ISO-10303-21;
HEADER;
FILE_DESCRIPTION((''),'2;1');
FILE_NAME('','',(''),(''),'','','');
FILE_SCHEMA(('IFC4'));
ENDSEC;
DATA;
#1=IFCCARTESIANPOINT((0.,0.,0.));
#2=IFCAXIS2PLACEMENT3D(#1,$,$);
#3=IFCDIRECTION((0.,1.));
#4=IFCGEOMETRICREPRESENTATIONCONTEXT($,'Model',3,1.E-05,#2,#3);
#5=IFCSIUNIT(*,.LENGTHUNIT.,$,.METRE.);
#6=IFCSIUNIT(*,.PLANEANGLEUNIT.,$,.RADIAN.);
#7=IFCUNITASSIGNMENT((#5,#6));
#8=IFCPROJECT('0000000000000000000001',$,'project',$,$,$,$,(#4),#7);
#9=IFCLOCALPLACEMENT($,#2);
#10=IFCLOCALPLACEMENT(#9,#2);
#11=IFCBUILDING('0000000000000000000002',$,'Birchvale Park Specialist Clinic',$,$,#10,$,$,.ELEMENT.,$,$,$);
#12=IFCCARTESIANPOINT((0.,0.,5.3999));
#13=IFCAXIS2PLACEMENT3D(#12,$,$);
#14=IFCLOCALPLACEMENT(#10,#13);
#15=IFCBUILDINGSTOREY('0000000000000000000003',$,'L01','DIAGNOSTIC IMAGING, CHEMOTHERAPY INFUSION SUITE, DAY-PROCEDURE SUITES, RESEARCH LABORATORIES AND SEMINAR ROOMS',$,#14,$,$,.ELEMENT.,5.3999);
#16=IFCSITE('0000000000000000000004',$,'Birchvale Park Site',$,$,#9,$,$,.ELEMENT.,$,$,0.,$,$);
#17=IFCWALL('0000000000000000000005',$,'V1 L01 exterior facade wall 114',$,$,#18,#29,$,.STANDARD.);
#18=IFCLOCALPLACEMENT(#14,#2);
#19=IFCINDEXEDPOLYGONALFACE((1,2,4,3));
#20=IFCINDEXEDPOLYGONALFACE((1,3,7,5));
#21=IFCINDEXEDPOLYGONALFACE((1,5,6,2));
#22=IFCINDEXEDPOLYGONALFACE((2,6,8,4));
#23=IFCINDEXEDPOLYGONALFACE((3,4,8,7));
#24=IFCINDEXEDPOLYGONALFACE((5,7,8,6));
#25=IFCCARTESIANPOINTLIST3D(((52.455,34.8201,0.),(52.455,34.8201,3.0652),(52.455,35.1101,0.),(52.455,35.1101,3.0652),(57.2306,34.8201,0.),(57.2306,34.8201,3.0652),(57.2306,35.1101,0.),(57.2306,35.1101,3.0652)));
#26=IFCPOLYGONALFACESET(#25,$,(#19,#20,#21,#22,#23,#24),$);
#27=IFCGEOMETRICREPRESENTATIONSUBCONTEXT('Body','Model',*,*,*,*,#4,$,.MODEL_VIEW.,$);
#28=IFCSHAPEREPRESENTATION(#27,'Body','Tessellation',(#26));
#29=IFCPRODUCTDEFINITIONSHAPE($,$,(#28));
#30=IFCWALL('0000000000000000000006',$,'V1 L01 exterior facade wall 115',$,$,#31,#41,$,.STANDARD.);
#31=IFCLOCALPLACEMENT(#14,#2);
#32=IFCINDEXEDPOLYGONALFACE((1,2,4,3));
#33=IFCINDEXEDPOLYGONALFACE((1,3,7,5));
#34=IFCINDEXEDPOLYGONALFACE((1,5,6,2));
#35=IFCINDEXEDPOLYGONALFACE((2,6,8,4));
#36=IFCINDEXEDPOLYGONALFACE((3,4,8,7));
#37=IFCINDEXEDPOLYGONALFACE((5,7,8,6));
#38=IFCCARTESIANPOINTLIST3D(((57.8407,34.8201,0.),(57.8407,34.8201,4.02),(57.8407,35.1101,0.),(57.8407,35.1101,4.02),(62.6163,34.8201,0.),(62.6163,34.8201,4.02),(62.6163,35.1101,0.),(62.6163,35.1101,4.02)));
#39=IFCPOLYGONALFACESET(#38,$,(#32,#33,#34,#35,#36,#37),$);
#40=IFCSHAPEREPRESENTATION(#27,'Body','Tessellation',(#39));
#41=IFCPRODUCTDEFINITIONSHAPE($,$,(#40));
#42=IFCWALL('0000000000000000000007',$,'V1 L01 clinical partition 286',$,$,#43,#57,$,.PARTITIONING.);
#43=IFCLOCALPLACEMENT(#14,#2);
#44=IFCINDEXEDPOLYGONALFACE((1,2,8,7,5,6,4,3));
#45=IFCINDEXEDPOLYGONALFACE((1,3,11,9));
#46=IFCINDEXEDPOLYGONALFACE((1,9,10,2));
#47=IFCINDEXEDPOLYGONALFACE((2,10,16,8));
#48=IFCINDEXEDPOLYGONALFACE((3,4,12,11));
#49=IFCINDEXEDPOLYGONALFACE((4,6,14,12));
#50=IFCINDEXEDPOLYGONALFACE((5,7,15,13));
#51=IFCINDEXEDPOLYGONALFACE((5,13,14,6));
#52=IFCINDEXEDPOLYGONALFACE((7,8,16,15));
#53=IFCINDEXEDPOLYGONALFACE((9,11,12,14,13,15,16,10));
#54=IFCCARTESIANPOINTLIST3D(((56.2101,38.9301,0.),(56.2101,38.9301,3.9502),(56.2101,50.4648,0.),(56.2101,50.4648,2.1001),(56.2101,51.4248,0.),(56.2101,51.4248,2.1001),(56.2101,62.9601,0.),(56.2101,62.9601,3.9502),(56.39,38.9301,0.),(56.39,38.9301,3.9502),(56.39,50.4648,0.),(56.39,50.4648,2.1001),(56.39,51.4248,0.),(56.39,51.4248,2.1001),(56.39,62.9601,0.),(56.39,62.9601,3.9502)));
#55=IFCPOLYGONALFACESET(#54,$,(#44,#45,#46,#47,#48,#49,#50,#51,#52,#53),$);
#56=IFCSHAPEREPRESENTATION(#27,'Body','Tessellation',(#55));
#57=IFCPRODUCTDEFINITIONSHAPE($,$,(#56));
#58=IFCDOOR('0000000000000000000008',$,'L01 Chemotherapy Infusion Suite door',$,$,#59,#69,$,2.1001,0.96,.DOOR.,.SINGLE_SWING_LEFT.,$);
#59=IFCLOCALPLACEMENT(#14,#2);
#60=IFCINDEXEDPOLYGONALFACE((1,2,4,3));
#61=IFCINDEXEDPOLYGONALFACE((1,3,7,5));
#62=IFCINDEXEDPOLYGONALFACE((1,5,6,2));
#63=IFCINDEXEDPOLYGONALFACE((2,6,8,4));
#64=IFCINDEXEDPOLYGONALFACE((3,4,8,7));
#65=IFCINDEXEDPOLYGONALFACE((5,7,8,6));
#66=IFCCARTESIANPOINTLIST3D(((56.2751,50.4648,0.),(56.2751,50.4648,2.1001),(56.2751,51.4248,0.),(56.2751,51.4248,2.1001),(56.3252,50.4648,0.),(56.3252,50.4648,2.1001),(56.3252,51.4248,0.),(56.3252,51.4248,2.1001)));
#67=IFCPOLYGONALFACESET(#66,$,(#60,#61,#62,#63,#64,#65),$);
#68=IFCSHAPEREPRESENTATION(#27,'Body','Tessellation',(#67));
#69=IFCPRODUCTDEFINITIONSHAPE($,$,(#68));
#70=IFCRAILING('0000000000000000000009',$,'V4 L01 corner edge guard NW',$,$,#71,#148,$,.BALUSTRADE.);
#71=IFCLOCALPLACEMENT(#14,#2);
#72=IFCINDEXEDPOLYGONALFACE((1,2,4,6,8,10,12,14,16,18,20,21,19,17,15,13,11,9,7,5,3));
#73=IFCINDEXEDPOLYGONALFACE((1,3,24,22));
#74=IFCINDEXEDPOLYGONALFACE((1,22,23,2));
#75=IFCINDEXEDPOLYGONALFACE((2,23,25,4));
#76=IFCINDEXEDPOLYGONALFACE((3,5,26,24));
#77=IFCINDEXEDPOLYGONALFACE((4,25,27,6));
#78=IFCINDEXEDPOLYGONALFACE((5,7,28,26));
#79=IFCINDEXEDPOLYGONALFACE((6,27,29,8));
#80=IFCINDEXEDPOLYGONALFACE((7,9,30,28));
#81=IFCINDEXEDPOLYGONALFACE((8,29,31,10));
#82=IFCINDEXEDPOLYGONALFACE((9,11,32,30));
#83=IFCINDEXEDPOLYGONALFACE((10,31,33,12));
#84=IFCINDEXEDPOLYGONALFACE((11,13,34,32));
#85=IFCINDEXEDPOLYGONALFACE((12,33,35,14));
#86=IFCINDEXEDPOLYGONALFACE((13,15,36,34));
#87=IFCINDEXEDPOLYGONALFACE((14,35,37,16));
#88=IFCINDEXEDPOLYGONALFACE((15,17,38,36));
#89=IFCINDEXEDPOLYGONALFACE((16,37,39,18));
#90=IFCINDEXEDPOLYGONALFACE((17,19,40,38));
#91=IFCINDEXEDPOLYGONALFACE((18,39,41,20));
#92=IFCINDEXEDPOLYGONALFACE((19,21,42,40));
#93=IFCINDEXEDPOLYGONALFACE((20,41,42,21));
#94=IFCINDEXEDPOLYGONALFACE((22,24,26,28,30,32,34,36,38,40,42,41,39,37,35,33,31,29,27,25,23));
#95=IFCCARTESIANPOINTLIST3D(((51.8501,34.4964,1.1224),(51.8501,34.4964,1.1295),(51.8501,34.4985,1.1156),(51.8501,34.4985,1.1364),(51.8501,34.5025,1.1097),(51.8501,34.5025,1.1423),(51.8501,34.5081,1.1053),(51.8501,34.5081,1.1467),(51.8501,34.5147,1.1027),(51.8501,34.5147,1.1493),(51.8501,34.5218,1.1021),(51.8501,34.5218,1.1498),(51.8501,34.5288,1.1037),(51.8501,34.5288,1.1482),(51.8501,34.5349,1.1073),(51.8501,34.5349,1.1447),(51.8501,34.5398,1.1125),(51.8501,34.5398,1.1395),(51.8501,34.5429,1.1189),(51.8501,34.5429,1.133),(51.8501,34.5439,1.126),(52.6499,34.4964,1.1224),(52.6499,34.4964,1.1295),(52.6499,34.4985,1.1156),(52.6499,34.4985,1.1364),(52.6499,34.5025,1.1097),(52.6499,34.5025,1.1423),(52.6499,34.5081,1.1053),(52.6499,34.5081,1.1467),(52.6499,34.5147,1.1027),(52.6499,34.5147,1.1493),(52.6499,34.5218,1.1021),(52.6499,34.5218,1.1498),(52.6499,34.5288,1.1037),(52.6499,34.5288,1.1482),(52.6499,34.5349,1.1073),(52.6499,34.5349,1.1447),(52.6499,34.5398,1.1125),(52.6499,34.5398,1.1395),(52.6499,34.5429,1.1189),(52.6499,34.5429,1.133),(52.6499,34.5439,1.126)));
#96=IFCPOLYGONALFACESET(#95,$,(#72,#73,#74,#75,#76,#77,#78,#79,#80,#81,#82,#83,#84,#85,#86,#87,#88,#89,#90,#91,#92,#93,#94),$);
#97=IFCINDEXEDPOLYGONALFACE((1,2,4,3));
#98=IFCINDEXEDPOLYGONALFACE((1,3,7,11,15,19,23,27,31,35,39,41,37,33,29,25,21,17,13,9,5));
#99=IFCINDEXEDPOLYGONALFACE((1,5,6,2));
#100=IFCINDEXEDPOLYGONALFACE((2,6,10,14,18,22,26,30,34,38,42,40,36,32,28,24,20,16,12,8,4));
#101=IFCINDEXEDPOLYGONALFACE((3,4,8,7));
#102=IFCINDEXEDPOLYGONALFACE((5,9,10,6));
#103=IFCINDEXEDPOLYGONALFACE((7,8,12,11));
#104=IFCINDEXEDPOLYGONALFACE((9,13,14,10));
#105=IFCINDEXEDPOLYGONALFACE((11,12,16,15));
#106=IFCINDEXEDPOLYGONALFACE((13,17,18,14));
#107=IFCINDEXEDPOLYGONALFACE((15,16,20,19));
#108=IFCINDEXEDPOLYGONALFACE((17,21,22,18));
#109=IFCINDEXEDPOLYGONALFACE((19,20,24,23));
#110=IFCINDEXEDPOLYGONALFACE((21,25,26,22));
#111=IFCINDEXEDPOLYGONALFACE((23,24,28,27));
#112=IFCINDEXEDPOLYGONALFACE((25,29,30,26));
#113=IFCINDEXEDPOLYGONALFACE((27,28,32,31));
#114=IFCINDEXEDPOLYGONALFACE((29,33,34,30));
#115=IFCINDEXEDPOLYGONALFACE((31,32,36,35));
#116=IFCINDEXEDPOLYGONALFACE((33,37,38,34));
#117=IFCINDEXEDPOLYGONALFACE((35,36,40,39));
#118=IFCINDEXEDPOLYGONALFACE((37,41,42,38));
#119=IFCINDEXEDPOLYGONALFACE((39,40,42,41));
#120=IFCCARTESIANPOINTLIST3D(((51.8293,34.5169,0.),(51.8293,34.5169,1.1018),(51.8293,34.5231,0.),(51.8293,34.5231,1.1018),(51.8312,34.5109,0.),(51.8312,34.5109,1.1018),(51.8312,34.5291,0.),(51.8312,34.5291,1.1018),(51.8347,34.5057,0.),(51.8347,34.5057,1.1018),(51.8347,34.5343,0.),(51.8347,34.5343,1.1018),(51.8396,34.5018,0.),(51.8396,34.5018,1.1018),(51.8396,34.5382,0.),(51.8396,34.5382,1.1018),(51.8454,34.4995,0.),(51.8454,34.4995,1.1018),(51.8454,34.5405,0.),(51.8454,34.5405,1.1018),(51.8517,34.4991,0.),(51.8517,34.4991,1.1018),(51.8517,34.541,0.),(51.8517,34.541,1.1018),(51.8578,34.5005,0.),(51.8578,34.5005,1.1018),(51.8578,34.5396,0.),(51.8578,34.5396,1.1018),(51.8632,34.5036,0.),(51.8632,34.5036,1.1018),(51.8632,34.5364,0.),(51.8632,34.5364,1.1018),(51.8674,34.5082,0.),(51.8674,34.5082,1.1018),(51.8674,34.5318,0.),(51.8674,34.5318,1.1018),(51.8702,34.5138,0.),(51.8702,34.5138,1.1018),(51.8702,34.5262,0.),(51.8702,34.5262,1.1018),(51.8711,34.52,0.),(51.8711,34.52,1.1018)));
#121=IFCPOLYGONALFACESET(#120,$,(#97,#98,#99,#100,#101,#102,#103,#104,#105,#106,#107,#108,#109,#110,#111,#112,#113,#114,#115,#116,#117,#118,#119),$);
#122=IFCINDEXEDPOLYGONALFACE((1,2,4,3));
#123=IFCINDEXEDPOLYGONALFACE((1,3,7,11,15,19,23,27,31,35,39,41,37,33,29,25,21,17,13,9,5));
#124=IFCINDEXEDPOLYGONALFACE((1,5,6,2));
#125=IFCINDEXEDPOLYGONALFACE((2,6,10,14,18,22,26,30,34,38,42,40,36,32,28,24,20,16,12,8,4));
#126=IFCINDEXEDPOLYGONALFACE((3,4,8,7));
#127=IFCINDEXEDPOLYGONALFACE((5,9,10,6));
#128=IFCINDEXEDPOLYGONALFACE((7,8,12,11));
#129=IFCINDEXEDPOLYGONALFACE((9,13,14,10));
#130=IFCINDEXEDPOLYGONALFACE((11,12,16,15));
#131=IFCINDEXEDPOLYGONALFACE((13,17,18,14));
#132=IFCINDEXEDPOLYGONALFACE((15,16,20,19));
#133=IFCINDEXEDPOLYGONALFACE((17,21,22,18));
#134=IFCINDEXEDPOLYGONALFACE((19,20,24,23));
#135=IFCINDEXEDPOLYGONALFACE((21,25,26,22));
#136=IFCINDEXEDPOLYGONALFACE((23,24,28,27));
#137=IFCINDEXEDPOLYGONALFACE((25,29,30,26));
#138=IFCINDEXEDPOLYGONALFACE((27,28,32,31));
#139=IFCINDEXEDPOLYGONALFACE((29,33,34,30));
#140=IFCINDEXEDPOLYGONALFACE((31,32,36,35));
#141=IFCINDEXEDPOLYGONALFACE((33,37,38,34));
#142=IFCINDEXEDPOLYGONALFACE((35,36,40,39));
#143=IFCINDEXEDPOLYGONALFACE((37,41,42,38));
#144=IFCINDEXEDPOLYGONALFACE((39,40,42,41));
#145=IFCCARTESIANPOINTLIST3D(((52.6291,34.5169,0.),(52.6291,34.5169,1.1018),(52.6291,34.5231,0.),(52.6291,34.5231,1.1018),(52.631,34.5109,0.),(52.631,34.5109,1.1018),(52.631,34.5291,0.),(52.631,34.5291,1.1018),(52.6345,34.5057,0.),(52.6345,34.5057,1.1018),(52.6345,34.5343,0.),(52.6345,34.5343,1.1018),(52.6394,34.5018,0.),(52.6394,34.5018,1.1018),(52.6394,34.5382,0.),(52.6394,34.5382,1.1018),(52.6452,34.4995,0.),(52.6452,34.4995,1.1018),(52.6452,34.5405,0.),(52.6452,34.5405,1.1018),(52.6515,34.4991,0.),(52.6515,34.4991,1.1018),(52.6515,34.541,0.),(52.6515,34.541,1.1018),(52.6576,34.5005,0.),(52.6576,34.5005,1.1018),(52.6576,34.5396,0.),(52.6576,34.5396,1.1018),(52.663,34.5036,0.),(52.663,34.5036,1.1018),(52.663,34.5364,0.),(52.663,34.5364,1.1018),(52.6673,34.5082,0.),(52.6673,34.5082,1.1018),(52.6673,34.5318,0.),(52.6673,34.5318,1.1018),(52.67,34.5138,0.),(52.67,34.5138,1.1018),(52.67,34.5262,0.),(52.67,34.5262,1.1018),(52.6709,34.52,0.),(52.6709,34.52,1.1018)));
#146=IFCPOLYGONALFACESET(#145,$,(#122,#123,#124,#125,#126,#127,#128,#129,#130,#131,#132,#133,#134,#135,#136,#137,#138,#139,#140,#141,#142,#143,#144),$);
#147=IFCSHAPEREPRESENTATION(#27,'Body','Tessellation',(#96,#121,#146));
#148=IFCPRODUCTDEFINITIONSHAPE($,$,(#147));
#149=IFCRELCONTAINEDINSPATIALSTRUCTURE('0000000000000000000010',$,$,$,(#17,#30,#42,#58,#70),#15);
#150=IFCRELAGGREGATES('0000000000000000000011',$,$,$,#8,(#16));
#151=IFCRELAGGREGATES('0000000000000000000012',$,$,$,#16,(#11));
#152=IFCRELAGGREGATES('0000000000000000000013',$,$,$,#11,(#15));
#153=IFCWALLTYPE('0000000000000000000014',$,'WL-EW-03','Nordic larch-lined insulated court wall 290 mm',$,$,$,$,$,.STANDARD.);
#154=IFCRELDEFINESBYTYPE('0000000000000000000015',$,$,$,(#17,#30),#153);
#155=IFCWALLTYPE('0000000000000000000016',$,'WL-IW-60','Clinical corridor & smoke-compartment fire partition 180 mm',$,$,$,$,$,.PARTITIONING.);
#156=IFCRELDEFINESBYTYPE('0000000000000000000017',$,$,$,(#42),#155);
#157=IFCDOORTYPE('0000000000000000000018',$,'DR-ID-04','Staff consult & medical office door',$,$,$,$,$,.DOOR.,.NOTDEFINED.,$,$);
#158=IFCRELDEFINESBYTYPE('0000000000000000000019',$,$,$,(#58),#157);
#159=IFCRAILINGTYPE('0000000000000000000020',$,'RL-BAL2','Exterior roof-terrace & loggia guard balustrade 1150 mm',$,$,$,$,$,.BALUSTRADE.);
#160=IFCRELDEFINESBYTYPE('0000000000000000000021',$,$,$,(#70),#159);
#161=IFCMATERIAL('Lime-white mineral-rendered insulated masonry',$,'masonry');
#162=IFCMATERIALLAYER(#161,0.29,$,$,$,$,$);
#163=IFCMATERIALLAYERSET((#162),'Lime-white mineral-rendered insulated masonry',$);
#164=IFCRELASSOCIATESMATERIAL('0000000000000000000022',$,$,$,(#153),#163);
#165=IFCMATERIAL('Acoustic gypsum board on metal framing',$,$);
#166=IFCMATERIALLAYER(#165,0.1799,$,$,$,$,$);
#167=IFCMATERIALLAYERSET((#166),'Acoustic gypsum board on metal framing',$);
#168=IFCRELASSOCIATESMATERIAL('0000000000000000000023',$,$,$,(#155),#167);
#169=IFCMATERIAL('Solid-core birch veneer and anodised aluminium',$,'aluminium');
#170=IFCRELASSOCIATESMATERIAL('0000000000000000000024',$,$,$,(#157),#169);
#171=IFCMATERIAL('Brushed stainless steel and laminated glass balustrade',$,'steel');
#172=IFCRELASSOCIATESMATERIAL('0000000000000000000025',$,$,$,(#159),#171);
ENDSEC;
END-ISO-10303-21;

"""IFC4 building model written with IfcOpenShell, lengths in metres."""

from ifc_helpers import new_model, si_unit, direction, frame, frame_2d, origin, origin_2d, place, context, subcontext, project, spatial, rectangle, circle, extrude, material, layer, layer_set, type_object, element, fill, save


model = new_model("IFC4")

# Units and contexts
model_context = context("Model", 3, precision=1e-05, world=origin(), true_north=direction((0.0, 1.0)))
body_context = subcontext(model_context, "Body", "Model", "MODEL_VIEW")
ifc_project = project(units=[si_unit("LENGTHUNIT", "METRE"), si_unit("PLANEANGLEUNIT", "RADIAN")], contexts=[model_context])

# Site, building, storey
site_placement = place(None, origin())
site = spatial("IfcSite", under=ifc_project, at=site_placement, Name="Birchvale Park Site", CompositionType="ELEMENT", RefElevation=0.0)
building_placement = place(site_placement, origin())
building = spatial("IfcBuilding", under=site, at=building_placement, Name="Birchvale Park Specialist Clinic", CompositionType="ELEMENT")
storey_placement = place(building_placement, frame((0.0, 0.0, 5.3999)))
storey = spatial("IfcBuildingStorey", under=building, at=storey_placement, Name="L01", Description="DIAGNOSTIC IMAGING, CHEMOTHERAPY INFUSION SUITE, DAY-PROCEDURE SUITES, RESEARCH LABORATORIES AND SEMINAR ROOMS", CompositionType="ELEMENT", Elevation=5.3999)

# Walls
ifc_material_1 = material(Name="Lime-white mineral-rendered insulated masonry", Category="masonry")
ifc_layer_1 = layer(ifc_material_1, 0.29)
ifc_layer_set_1 = layer_set([ifc_layer_1], Name="Lime-white mineral-rendered insulated masonry")
wall_type_1 = type_object("IfcWallType", Name="WL-EW-03", Description="Nordic larch-lined insulated court wall 290 mm", PredefinedType="STANDARD", material=ifc_layer_set_1)
wall_1_placement = place(storey_placement, frame((52.4551, 34.9651, 0.0), z_axis=(0.0, 0.0, 1.0), x_axis=(1.0, 0.0, 0.0)))
element("IfcWall", 1, at=wall_1_placement, inside=storey, type_object=wall_type_1, Name="V1 L01 exterior facade wall 114", PredefinedType="STANDARD", context=body_context, shape_type="SweptSolid", body=[
    extrude(rectangle(XDim=4.7756, YDim=0.29, at=frame_2d((2.3877, 0.0))), origin(), (0.0, 0.0, 1.0), 3.0652),
])
wall_2_placement = place(storey_placement, frame((57.8408, 34.9651, 0.0), z_axis=(0.0, 0.0, 1.0), x_axis=(1.0, 0.0, 0.0)))
element("IfcWall", 2, at=wall_2_placement, inside=storey, type_object=wall_type_1, Name="V1 L01 exterior facade wall 115", PredefinedType="STANDARD", context=body_context, shape_type="SweptSolid", body=[
    extrude(rectangle(XDim=4.7756, YDim=0.29, at=frame_2d((2.3877, 0.0))), origin(), (0.0, 0.0, 1.0), 4.02),
])

# Wall, opening, door
ifc_material_2 = material(Name="Acoustic gypsum board on metal framing")
ifc_layer_2 = layer(ifc_material_2, 0.1799)
ifc_layer_set_2 = layer_set([ifc_layer_2], Name="Acoustic gypsum board on metal framing")
wall_type_2 = type_object("IfcWallType", Name="WL-IW-60", Description="Clinical corridor & smoke-compartment fire partition 180 mm", PredefinedType="PARTITIONING", material=ifc_layer_set_2)
wall_3_placement = place(storey_placement, frame((56.3, 38.9299, 0.0), z_axis=(0.0, 0.0, 1.0), x_axis=(0.0, 1.0, 0.0)))
wall_3 = element("IfcWall", 3, at=wall_3_placement, inside=storey, type_object=wall_type_2, Name="V1 L01 clinical partition 286", PredefinedType="PARTITIONING", context=body_context, shape_type="SweptSolid", body=[
    extrude(rectangle(XDim=24.03, YDim=0.1799, at=frame_2d((12.0151, 0.0))), origin(), (0.0, 0.0, 1.0), 3.9502),
])
opening_placement = place(wall_3_placement, frame((11.5349, 0.0, 0.0)))
opening = element("IfcOpeningElement", 4, at=opening_placement, cuts=wall_3, PredefinedType="OPENING", context=body_context, shape_type="SweptSolid", body=[
    extrude(rectangle(XDim=0.96, YDim=2.1001, at=frame_2d((0.48, 1.05))), frame((0.0, 0.1001, 0.0), z_axis=(0.0, -1.0, 0.0), x_axis=(1.0, 0.0, 0.0)), (0.0, 0.0, 1.0), 0.2),
])
ifc_material_3 = material(Name="Solid-core birch veneer and anodised aluminium", Category="aluminium")
door_type = type_object("IfcDoorType", Name="DR-ID-04", Description="Staff consult & medical office door", OperationType="NOTDEFINED", PredefinedType="DOOR", material=ifc_material_3)
door_placement = place(opening_placement, origin())
door = element("IfcDoor", 5, at=door_placement, inside=storey, type_object=door_type, Name="L01 Chemotherapy Infusion Suite door", OperationType="SINGLE_SWING_LEFT", OverallHeight=2.1001, OverallWidth=0.96, PredefinedType="DOOR", context=body_context, shape_type="SweptSolid", body=[
    extrude(rectangle(XDim=0.96, YDim=2.1001, at=frame_2d((0.48, 1.05))), frame((0.0, 0.0249, 0.0), z_axis=(0.0, -1.0, 0.0), x_axis=(1.0, 0.0, 0.0)), (0.0, 0.0, 1.0), 0.05),
])
fill(opening, door)

# Railing
ifc_material_4 = material(Name="Brushed stainless steel and laminated glass balustrade", Category="steel")
railing_type = type_object("IfcRailingType", Name="RL-BAL2", Description="Exterior roof-terrace & loggia guard balustrade 1150 mm", PredefinedType="BALUSTRADE", material=ifc_material_4)
railing_placement = place(storey_placement, frame((51.8501, 34.52, 0.0)))
element("IfcRailing", 6, at=railing_placement, inside=storey, type_object=railing_type, Name="V4 L01 corner edge guard NW", PredefinedType="BALUSTRADE", context=body_context, shape_type="SweptSolid", body=[
    extrude(circle(Radius=0.0239, at=origin_2d()), frame((0.0, 0.0, 1.126), z_axis=(1.0, 0.0, 0.0), x_axis=(0.0, 1.0, 0.0)), (0.0, 0.0, 1.0), 0.7998),
    extrude(circle(Radius=0.021, at=origin_2d()), origin(), (0.0, 0.0, 1.0), 1.1018),
    extrude(circle(Radius=0.021, at=origin_2d()), frame((0.7998, 0.0, 0.0)), (0.0, 0.0, 1.0), 1.1018),
])

save(model, "model.ifc")
